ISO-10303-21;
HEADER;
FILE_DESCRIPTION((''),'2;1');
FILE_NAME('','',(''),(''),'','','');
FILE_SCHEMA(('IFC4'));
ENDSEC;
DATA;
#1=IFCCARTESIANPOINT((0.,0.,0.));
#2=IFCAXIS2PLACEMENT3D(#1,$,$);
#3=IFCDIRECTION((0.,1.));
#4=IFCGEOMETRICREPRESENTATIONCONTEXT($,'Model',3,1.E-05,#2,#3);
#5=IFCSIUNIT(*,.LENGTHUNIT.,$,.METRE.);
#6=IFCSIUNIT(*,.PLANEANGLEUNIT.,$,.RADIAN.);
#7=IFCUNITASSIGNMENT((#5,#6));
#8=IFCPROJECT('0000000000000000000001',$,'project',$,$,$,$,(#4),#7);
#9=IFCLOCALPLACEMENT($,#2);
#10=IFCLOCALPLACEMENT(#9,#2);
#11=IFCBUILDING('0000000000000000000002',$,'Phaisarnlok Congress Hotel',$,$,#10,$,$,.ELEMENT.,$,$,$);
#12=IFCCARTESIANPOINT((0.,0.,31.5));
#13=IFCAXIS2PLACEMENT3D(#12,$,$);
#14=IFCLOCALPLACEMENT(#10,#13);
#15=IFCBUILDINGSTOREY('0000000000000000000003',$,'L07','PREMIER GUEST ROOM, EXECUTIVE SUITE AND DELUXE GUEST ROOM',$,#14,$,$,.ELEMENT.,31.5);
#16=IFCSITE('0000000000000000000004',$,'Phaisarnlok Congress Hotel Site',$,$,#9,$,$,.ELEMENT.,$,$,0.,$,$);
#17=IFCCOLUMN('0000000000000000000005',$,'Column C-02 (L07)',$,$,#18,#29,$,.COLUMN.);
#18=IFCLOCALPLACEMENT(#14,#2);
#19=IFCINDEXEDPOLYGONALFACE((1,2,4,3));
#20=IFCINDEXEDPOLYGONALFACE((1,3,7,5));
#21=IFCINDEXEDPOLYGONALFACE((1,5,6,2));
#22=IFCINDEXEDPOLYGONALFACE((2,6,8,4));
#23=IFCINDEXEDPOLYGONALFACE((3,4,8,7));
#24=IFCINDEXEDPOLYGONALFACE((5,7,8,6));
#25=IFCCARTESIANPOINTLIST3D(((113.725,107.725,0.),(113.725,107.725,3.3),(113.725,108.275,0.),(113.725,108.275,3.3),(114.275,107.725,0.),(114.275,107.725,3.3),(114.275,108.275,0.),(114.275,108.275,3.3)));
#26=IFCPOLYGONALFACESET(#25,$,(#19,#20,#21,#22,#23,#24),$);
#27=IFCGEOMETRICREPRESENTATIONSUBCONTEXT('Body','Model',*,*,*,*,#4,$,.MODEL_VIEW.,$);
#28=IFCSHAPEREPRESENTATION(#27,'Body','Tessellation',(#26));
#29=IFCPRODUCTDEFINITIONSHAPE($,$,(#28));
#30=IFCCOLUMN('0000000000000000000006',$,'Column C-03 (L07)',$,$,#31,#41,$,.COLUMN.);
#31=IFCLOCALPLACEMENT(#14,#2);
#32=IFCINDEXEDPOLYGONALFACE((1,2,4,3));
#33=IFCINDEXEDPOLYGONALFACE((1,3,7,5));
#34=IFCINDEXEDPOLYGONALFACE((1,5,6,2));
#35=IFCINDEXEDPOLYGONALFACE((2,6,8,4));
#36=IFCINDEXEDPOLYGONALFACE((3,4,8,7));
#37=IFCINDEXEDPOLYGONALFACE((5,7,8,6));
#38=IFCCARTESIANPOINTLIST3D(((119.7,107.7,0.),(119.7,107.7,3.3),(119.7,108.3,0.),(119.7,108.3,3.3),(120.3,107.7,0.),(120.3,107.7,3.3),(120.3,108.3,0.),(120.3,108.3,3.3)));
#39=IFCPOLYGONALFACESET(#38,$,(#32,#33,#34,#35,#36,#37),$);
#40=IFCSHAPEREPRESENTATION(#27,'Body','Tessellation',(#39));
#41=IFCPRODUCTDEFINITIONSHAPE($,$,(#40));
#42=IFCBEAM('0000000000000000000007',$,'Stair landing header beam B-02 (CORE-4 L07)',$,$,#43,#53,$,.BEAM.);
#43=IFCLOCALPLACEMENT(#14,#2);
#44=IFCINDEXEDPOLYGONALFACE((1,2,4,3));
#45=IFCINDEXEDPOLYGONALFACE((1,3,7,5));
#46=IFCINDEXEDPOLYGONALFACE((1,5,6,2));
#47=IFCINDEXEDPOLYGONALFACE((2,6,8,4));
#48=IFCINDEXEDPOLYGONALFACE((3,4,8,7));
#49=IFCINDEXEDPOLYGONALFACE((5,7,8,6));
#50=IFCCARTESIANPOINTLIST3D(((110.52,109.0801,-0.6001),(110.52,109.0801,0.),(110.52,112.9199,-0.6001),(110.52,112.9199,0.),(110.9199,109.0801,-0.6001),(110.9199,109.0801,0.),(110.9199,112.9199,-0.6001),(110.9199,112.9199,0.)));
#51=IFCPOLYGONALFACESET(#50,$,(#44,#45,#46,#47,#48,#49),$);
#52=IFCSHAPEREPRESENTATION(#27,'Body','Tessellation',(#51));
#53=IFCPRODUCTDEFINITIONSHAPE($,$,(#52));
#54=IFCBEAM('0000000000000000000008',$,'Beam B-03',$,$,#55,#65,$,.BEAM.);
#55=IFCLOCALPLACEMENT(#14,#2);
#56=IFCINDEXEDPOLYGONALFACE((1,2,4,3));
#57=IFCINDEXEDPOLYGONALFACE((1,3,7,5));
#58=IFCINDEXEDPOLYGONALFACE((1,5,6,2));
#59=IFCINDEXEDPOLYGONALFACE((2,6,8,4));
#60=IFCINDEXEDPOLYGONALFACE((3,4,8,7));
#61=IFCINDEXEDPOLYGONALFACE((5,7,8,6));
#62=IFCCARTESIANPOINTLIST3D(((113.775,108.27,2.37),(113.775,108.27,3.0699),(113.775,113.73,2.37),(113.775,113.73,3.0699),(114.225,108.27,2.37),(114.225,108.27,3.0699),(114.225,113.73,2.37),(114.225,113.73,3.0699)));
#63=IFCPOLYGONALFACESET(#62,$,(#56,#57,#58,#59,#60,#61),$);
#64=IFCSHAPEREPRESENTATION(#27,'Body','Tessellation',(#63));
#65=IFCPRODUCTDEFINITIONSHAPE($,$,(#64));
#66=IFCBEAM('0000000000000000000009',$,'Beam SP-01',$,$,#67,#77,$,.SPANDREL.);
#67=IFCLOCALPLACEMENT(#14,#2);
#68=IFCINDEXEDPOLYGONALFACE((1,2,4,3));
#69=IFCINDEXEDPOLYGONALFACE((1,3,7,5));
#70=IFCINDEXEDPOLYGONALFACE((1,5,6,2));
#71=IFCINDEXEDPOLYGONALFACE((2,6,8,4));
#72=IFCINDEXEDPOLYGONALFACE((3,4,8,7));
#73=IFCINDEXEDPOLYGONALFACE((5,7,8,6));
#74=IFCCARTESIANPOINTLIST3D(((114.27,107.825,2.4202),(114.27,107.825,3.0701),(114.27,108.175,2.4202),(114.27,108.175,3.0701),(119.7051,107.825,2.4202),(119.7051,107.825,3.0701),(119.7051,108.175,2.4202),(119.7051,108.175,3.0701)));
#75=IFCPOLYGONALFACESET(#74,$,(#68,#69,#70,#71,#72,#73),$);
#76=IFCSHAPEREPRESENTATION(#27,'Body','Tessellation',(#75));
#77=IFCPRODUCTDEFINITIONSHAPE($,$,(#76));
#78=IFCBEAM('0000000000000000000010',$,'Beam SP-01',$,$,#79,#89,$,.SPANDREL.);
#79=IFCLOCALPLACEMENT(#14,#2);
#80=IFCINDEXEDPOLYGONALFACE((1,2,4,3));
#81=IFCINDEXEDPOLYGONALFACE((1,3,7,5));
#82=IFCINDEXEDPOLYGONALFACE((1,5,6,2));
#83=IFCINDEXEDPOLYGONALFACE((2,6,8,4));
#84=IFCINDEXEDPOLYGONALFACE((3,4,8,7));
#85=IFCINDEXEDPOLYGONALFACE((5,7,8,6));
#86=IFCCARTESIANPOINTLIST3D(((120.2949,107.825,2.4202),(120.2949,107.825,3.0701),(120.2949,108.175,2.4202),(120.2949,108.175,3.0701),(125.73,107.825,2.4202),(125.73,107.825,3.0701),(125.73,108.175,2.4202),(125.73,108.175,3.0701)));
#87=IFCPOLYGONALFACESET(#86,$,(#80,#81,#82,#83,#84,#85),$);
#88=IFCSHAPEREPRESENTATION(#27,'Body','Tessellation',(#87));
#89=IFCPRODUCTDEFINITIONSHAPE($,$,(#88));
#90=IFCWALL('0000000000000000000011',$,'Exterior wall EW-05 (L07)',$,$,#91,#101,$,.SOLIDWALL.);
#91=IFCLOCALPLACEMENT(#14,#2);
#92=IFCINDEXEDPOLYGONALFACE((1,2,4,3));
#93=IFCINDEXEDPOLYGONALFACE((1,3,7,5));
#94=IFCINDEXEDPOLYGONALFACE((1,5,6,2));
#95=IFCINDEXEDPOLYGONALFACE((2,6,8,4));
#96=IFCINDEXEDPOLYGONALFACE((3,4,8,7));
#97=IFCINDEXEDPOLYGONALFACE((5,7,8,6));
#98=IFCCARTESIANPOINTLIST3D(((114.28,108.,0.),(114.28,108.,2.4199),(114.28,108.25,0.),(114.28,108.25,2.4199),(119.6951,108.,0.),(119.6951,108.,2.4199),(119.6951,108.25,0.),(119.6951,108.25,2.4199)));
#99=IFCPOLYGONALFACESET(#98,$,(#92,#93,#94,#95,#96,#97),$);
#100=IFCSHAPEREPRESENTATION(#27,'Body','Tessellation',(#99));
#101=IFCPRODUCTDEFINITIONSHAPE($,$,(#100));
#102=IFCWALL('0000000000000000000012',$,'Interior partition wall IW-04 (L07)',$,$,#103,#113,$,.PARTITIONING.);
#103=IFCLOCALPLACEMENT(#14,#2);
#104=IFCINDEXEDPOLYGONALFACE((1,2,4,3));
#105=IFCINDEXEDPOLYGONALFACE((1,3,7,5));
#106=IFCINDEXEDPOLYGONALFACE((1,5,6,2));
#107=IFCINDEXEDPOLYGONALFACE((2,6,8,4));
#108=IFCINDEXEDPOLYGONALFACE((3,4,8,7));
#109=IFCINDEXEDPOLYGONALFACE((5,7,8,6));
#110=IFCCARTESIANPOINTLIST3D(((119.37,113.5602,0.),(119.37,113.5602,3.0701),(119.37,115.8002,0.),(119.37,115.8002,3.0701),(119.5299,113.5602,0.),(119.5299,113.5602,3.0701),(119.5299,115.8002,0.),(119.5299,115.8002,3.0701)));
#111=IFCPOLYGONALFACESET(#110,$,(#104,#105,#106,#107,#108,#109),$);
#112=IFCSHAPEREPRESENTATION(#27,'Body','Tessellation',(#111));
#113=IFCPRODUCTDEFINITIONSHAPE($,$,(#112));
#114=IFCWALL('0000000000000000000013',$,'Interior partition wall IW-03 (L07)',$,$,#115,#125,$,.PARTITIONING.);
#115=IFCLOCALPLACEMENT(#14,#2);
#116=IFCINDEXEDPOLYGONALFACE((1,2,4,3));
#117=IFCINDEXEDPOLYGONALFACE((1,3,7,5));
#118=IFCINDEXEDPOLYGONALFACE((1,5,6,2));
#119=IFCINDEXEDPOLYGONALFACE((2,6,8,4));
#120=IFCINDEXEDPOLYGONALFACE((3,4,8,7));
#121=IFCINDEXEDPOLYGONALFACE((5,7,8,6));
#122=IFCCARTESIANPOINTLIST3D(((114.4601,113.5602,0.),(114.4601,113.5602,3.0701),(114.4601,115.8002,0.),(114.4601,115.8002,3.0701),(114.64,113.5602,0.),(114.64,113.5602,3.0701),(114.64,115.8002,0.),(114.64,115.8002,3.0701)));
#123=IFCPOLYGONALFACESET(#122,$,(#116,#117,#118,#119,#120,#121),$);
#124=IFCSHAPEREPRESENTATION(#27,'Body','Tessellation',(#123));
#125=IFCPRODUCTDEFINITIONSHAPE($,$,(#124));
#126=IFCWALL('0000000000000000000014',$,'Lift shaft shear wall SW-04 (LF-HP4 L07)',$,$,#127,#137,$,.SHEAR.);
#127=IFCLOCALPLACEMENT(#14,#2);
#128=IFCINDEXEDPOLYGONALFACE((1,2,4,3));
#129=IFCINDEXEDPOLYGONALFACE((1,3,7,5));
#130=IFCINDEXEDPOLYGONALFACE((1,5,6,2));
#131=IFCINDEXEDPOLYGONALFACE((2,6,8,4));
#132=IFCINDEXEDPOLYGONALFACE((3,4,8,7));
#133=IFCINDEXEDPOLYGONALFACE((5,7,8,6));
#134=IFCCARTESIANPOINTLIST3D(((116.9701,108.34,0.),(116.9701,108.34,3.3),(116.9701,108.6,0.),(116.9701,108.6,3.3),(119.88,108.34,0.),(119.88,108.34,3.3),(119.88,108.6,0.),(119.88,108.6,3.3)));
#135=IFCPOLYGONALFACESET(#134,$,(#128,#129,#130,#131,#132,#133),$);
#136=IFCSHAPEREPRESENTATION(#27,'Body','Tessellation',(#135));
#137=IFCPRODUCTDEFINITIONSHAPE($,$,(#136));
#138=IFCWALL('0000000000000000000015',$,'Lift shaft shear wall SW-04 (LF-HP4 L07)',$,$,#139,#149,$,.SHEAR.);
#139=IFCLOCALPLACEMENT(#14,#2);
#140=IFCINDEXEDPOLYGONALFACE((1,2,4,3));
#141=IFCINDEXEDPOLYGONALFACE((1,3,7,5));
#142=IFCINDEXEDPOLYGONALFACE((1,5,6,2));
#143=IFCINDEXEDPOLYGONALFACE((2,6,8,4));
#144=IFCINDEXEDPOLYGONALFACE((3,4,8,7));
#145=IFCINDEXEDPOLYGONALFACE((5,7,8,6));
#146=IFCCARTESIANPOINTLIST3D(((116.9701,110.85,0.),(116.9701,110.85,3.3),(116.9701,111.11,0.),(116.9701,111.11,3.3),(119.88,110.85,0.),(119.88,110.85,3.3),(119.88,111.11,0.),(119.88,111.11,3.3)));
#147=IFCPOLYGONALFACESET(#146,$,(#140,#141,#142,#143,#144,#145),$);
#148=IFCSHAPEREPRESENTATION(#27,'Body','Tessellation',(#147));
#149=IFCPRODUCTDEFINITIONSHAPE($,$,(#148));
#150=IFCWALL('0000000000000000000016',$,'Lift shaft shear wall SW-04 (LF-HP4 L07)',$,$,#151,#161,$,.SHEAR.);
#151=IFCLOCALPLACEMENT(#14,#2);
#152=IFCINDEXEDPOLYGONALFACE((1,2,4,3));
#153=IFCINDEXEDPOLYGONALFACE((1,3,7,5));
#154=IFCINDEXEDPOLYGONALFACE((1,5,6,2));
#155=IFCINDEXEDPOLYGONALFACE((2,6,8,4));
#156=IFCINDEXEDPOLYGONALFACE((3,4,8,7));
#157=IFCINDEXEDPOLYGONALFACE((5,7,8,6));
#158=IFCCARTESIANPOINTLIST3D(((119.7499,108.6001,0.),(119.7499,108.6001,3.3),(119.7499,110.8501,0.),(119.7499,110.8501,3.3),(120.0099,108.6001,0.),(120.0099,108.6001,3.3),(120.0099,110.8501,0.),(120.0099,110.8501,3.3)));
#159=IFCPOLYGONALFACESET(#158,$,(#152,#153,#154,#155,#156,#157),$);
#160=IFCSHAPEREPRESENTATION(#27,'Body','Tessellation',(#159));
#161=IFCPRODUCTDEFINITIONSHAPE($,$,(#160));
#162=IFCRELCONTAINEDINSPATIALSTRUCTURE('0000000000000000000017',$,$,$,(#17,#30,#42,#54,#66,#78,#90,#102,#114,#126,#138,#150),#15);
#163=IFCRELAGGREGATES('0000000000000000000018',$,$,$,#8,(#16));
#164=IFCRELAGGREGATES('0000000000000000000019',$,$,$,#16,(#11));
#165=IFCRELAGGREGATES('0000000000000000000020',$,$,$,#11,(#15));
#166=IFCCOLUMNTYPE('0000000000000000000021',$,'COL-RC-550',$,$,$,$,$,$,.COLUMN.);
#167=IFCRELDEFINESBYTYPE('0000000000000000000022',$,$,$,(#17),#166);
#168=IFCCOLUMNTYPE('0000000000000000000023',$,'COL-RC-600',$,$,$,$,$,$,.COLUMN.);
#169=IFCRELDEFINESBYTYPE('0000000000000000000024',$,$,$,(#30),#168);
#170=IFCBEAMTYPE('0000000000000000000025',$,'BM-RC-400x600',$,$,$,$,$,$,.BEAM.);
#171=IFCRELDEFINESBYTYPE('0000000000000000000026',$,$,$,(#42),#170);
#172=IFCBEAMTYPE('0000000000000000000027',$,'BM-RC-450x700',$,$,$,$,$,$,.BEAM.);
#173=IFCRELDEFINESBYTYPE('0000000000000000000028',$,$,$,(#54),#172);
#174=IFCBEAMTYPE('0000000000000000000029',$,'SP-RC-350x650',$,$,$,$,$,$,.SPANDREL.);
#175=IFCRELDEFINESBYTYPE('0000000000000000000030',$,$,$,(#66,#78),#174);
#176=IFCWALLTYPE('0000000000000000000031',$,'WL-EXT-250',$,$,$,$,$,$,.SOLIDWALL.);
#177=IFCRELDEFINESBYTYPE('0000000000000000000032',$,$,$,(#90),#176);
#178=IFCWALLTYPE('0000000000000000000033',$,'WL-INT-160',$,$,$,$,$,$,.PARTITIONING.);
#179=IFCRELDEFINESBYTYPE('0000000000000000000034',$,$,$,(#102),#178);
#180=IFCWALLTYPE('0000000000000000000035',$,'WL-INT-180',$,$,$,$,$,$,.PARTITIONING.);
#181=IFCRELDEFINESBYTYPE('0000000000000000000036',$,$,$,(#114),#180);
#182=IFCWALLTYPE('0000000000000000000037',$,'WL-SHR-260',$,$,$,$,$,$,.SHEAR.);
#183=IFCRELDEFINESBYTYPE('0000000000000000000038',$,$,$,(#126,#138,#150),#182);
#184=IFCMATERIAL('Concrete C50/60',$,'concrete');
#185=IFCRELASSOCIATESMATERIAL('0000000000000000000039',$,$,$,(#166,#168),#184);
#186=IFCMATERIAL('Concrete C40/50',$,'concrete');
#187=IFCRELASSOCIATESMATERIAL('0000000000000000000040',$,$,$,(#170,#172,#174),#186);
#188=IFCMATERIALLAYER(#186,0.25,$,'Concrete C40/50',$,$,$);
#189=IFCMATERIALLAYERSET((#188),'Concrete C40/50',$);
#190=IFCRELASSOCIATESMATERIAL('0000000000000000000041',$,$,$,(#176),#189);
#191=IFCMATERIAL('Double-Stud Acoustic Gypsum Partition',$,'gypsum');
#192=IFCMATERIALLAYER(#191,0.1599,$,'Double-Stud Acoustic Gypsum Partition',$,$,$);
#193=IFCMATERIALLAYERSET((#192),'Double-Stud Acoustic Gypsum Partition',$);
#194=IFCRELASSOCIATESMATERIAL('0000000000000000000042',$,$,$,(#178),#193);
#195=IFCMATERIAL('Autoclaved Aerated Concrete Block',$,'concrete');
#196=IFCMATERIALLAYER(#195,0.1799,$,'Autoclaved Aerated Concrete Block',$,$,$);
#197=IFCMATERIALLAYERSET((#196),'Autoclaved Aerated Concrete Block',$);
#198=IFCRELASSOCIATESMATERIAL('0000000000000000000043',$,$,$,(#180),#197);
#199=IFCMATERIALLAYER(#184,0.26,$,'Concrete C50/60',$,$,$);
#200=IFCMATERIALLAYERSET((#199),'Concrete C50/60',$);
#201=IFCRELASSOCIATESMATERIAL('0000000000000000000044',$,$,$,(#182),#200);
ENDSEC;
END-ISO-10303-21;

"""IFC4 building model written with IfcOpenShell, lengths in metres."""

from ifc_helpers import new_model, si_unit, direction, frame, frame_2d, origin, origin_2d, place, context, subcontext, project, spatial, rectangle, extrude, material, layer, layer_set, material_profile, profile_set, type_object, element, save


model = new_model("IFC4")

# Units and contexts
model_context = context("Model", 3, precision=1e-05, world=origin(), true_north=direction((0.0, 1.0)))
body_context = subcontext(model_context, "Body", "Model", "MODEL_VIEW")
ifc_project = project(units=[si_unit("LENGTHUNIT", "METRE"), si_unit("PLANEANGLEUNIT", "RADIAN")], contexts=[model_context])

# Site, building, storey
site_placement = place(None, origin())
site = spatial("IfcSite", under=ifc_project, at=site_placement, Name="Phaisarnlok Congress Hotel Site", CompositionType="ELEMENT", RefElevation=0.0)
building_placement = place(site_placement, origin())
building = spatial("IfcBuilding", under=site, at=building_placement, Name="Phaisarnlok Congress Hotel", CompositionType="ELEMENT")
storey_placement = place(building_placement, frame((0.0, 0.0, 31.5)))
storey = spatial("IfcBuildingStorey", under=building, at=storey_placement, Name="L07", Description="PREMIER GUEST ROOM, EXECUTIVE SUITE AND DELUXE GUEST ROOM", CompositionType="ELEMENT", Elevation=31.5)

# Columns
ifc_material_1 = material(Name="Concrete C50/60", Category="concrete")
ifc_material_profile_1 = material_profile(ifc_material_1, rectangle(XDim=0.55, YDim=0.55, at=origin_2d()), Name="RC 550x550")
ifc_profile_set_1 = profile_set([ifc_material_profile_1], Name="Concrete C50/60")
column_type_1 = type_object("IfcColumnType", Name="COL-RC-550", PredefinedType="COLUMN", material=ifc_profile_set_1)
column_1_placement = place(storey_placement, frame((114.0, 108.0, 0.0), z_axis=(0.0, 0.0, 1.0), x_axis=(1.0, 0.0, 0.0)))
element("IfcColumn", 1, at=column_1_placement, inside=storey, type_object=column_type_1, Name="Column C-02 (L07)", PredefinedType="COLUMN", context=body_context, shape_type="SweptSolid", body=[
    extrude(rectangle(XDim=0.55, YDim=0.55, at=origin_2d()), origin(), (0.0, 0.0, 1.0), 3.3),
])
ifc_material_profile_2 = material_profile(ifc_material_1, rectangle(XDim=0.6001, YDim=0.6001, at=origin_2d()), Name="RC 600x600")
ifc_profile_set_2 = profile_set([ifc_material_profile_2], Name="Concrete C50/60")
column_type_2 = type_object("IfcColumnType", Name="COL-RC-600", PredefinedType="COLUMN", material=ifc_profile_set_2)
column_2_placement = place(storey_placement, frame((120.0, 108.0, 0.0), z_axis=(0.0, 0.0, 1.0), x_axis=(1.0, 0.0, 0.0)))
element("IfcColumn", 2, at=column_2_placement, inside=storey, type_object=column_type_2, Name="Column C-03 (L07)", PredefinedType="COLUMN", context=body_context, shape_type="SweptSolid", body=[
    extrude(rectangle(XDim=0.6001, YDim=0.6001, at=origin_2d()), origin(), (0.0, 0.0, 1.0), 3.3),
])

# Beams
ifc_material_2 = material(Name="Concrete C40/50", Category="concrete")
ifc_material_profile_3 = material_profile(ifc_material_2, rectangle(XDim=0.3999, YDim=0.6001, at=origin_2d()), Name="RC 400x600")
ifc_profile_set_3 = profile_set([ifc_material_profile_3], Name="Concrete C40/50")
beam_type_1 = type_object("IfcBeamType", Name="BM-RC-400x600", PredefinedType="BEAM", material=ifc_profile_set_3)
beam_1_placement = place(storey_placement, frame((110.72, 109.0801, -0.3), z_axis=(0.0, 1.0, 0.0), x_axis=(-1.0, 0.0, 0.0)))
element("IfcBeam", 3, at=beam_1_placement, inside=storey, type_object=beam_type_1, Name="Stair landing header beam B-02 (CORE-4 L07)", PredefinedType="BEAM", context=body_context, shape_type="SweptSolid", body=[
    extrude(rectangle(XDim=0.3999, YDim=0.6001, at=origin_2d()), origin(), (0.0, 0.0, 1.0), 3.8398),
])
ifc_material_profile_4 = material_profile(ifc_material_2, rectangle(XDim=0.45, YDim=0.7, at=origin_2d()), Name="RC 450x700")
ifc_profile_set_4 = profile_set([ifc_material_profile_4], Name="Concrete C40/50")
beam_type_2 = type_object("IfcBeamType", Name="BM-RC-450x700", PredefinedType="BEAM", material=ifc_profile_set_4)
beam_2_placement = place(storey_placement, frame((114.0, 108.27, 2.72), z_axis=(0.0, 1.0, 0.0), x_axis=(-1.0, 0.0, 0.0)))
element("IfcBeam", 4, at=beam_2_placement, inside=storey, type_object=beam_type_2, Name="Beam B-03", PredefinedType="BEAM", context=body_context, shape_type="SweptSolid", body=[
    extrude(rectangle(XDim=0.45, YDim=0.7, at=origin_2d()), origin(), (0.0, 0.0, 1.0), 5.46),
])
ifc_material_profile_5 = material_profile(ifc_material_2, rectangle(XDim=0.3501, YDim=0.6499, at=origin_2d()), Name="RC 350x650")
ifc_profile_set_5 = profile_set([ifc_material_profile_5], Name="Concrete C40/50")
beam_type_3 = type_object("IfcBeamType", Name="SP-RC-350x650", PredefinedType="SPANDREL", material=ifc_profile_set_5)
for number, where, z_axis, x_axis, name in (
    (5, (114.27, 108.0, 2.7451), (1.0, 0.0, 0.0), (0.0, 1.0, 0.0), "Beam SP-01"),
    (6, (120.2949, 108.0, 2.7451), (1.0, 0.0, 0.0), (0.0, 1.0, 0.0), "Beam SP-01"),
):
    element("IfcBeam", number, at=place(storey_placement, frame(where, z_axis=z_axis, x_axis=x_axis)), inside=storey, type_object=beam_type_3, Name=name, PredefinedType="SPANDREL", context=body_context, shape_type="SweptSolid", body=[
        extrude(rectangle(XDim=0.3501, YDim=0.6499, at=origin_2d()), origin(), (0.0, 0.0, 1.0), 5.4351),
    ])

# Walls
ifc_layer_1 = layer(ifc_material_2, 0.25, Name="Concrete C40/50")
ifc_layer_set_1 = layer_set([ifc_layer_1], Name="Concrete C40/50")
wall_type_1 = type_object("IfcWallType", Name="WL-EXT-250", PredefinedType="SOLIDWALL", material=ifc_layer_set_1)
wall_1_placement = place(storey_placement, frame((114.28, 108.125, 0.0), z_axis=(0.0, 0.0, 1.0), x_axis=(1.0, 0.0, 0.0)))
element("IfcWall", 7, at=wall_1_placement, inside=storey, type_object=wall_type_1, Name="Exterior wall EW-05 (L07)", PredefinedType="SOLIDWALL", context=body_context, shape_type="SweptSolid", body=[
    extrude(rectangle(XDim=5.415, YDim=0.25, at=frame_2d((2.7075, 0.0))), origin(), (0.0, 0.0, 1.0), 2.4199),
])
ifc_material_3 = material(Name="Double-Stud Acoustic Gypsum Partition", Category="gypsum")
ifc_layer_2 = layer(ifc_material_3, 0.1599, Name="Double-Stud Acoustic Gypsum Partition")
ifc_layer_set_2 = layer_set([ifc_layer_2], Name="Double-Stud Acoustic Gypsum Partition")
wall_type_2 = type_object("IfcWallType", Name="WL-INT-160", PredefinedType="PARTITIONING", material=ifc_layer_set_2)
wall_2_placement = place(storey_placement, frame((119.45, 113.5601, 0.0), z_axis=(0.0, 0.0, 1.0), x_axis=(0.0, 1.0, 0.0)))
element("IfcWall", 8, at=wall_2_placement, inside=storey, type_object=wall_type_2, Name="Interior partition wall IW-04 (L07)", PredefinedType="PARTITIONING", context=body_context, shape_type="SweptSolid", body=[
    extrude(rectangle(XDim=2.24, YDim=0.1599, at=frame_2d((1.1201, 0.0))), origin(), (0.0, 0.0, 1.0), 3.0701),
])
ifc_material_4 = material(Name="Autoclaved Aerated Concrete Block", Category="concrete")
ifc_layer_3 = layer(ifc_material_4, 0.1799, Name="Autoclaved Aerated Concrete Block")
ifc_layer_set_3 = layer_set([ifc_layer_3], Name="Autoclaved Aerated Concrete Block")
wall_type_3 = type_object("IfcWallType", Name="WL-INT-180", PredefinedType="PARTITIONING", material=ifc_layer_set_3)
wall_3_placement = place(storey_placement, frame((114.55, 113.5601, 0.0), z_axis=(0.0, 0.0, 1.0), x_axis=(0.0, 1.0, 0.0)))
element("IfcWall", 9, at=wall_3_placement, inside=storey, type_object=wall_type_3, Name="Interior partition wall IW-03 (L07)", PredefinedType="PARTITIONING", context=body_context, shape_type="SweptSolid", body=[
    extrude(rectangle(XDim=2.24, YDim=0.1799, at=frame_2d((1.1201, 0.0))), origin(), (0.0, 0.0, 1.0), 3.0701),
])

# Shared definitions
ifc_layer_4 = layer(ifc_material_1, 0.26, Name="Concrete C50/60")
ifc_layer_set_4 = layer_set([ifc_layer_4], Name="Concrete C50/60")
wall_type_4 = type_object("IfcWallType", Name="WL-SHR-260", PredefinedType="SHEAR", material=ifc_layer_set_4)

# Walls
for number, where, z_axis, x_axis, name in (
    (10, (116.97, 108.47, 0.0), (0.0, 0.0, 1.0), (1.0, 0.0, 0.0), "Lift shaft shear wall SW-04 (LF-HP4 L07)"),
    (11, (116.97, 110.98, 0.0), (0.0, 0.0, 1.0), (1.0, 0.0, 0.0), "Lift shaft shear wall SW-04 (LF-HP4 L07)"),
):
    element("IfcWall", number, at=place(storey_placement, frame(where, z_axis=z_axis, x_axis=x_axis)), inside=storey, type_object=wall_type_4, Name=name, PredefinedType="SHEAR", context=body_context, shape_type="SweptSolid", body=[
        extrude(rectangle(XDim=2.9099, YDim=0.26, at=frame_2d((1.4551, 0.0))), origin(), (0.0, 0.0, 1.0), 3.3),
    ])
wall_4_placement = place(storey_placement, frame((119.8799, 108.6001, 0.0), z_axis=(0.0, 0.0, 1.0), x_axis=(0.0, 1.0, 0.0)))
element("IfcWall", 12, at=wall_4_placement, inside=storey, type_object=wall_type_4, Name="Lift shaft shear wall SW-04 (LF-HP4 L07)", PredefinedType="SHEAR", context=body_context, shape_type="SweptSolid", body=[
    extrude(rectangle(XDim=2.25, YDim=0.26, at=frame_2d((1.125, 0.0))), origin(), (0.0, 0.0, 1.0), 3.3),
])

save(model, "model.ifc")
